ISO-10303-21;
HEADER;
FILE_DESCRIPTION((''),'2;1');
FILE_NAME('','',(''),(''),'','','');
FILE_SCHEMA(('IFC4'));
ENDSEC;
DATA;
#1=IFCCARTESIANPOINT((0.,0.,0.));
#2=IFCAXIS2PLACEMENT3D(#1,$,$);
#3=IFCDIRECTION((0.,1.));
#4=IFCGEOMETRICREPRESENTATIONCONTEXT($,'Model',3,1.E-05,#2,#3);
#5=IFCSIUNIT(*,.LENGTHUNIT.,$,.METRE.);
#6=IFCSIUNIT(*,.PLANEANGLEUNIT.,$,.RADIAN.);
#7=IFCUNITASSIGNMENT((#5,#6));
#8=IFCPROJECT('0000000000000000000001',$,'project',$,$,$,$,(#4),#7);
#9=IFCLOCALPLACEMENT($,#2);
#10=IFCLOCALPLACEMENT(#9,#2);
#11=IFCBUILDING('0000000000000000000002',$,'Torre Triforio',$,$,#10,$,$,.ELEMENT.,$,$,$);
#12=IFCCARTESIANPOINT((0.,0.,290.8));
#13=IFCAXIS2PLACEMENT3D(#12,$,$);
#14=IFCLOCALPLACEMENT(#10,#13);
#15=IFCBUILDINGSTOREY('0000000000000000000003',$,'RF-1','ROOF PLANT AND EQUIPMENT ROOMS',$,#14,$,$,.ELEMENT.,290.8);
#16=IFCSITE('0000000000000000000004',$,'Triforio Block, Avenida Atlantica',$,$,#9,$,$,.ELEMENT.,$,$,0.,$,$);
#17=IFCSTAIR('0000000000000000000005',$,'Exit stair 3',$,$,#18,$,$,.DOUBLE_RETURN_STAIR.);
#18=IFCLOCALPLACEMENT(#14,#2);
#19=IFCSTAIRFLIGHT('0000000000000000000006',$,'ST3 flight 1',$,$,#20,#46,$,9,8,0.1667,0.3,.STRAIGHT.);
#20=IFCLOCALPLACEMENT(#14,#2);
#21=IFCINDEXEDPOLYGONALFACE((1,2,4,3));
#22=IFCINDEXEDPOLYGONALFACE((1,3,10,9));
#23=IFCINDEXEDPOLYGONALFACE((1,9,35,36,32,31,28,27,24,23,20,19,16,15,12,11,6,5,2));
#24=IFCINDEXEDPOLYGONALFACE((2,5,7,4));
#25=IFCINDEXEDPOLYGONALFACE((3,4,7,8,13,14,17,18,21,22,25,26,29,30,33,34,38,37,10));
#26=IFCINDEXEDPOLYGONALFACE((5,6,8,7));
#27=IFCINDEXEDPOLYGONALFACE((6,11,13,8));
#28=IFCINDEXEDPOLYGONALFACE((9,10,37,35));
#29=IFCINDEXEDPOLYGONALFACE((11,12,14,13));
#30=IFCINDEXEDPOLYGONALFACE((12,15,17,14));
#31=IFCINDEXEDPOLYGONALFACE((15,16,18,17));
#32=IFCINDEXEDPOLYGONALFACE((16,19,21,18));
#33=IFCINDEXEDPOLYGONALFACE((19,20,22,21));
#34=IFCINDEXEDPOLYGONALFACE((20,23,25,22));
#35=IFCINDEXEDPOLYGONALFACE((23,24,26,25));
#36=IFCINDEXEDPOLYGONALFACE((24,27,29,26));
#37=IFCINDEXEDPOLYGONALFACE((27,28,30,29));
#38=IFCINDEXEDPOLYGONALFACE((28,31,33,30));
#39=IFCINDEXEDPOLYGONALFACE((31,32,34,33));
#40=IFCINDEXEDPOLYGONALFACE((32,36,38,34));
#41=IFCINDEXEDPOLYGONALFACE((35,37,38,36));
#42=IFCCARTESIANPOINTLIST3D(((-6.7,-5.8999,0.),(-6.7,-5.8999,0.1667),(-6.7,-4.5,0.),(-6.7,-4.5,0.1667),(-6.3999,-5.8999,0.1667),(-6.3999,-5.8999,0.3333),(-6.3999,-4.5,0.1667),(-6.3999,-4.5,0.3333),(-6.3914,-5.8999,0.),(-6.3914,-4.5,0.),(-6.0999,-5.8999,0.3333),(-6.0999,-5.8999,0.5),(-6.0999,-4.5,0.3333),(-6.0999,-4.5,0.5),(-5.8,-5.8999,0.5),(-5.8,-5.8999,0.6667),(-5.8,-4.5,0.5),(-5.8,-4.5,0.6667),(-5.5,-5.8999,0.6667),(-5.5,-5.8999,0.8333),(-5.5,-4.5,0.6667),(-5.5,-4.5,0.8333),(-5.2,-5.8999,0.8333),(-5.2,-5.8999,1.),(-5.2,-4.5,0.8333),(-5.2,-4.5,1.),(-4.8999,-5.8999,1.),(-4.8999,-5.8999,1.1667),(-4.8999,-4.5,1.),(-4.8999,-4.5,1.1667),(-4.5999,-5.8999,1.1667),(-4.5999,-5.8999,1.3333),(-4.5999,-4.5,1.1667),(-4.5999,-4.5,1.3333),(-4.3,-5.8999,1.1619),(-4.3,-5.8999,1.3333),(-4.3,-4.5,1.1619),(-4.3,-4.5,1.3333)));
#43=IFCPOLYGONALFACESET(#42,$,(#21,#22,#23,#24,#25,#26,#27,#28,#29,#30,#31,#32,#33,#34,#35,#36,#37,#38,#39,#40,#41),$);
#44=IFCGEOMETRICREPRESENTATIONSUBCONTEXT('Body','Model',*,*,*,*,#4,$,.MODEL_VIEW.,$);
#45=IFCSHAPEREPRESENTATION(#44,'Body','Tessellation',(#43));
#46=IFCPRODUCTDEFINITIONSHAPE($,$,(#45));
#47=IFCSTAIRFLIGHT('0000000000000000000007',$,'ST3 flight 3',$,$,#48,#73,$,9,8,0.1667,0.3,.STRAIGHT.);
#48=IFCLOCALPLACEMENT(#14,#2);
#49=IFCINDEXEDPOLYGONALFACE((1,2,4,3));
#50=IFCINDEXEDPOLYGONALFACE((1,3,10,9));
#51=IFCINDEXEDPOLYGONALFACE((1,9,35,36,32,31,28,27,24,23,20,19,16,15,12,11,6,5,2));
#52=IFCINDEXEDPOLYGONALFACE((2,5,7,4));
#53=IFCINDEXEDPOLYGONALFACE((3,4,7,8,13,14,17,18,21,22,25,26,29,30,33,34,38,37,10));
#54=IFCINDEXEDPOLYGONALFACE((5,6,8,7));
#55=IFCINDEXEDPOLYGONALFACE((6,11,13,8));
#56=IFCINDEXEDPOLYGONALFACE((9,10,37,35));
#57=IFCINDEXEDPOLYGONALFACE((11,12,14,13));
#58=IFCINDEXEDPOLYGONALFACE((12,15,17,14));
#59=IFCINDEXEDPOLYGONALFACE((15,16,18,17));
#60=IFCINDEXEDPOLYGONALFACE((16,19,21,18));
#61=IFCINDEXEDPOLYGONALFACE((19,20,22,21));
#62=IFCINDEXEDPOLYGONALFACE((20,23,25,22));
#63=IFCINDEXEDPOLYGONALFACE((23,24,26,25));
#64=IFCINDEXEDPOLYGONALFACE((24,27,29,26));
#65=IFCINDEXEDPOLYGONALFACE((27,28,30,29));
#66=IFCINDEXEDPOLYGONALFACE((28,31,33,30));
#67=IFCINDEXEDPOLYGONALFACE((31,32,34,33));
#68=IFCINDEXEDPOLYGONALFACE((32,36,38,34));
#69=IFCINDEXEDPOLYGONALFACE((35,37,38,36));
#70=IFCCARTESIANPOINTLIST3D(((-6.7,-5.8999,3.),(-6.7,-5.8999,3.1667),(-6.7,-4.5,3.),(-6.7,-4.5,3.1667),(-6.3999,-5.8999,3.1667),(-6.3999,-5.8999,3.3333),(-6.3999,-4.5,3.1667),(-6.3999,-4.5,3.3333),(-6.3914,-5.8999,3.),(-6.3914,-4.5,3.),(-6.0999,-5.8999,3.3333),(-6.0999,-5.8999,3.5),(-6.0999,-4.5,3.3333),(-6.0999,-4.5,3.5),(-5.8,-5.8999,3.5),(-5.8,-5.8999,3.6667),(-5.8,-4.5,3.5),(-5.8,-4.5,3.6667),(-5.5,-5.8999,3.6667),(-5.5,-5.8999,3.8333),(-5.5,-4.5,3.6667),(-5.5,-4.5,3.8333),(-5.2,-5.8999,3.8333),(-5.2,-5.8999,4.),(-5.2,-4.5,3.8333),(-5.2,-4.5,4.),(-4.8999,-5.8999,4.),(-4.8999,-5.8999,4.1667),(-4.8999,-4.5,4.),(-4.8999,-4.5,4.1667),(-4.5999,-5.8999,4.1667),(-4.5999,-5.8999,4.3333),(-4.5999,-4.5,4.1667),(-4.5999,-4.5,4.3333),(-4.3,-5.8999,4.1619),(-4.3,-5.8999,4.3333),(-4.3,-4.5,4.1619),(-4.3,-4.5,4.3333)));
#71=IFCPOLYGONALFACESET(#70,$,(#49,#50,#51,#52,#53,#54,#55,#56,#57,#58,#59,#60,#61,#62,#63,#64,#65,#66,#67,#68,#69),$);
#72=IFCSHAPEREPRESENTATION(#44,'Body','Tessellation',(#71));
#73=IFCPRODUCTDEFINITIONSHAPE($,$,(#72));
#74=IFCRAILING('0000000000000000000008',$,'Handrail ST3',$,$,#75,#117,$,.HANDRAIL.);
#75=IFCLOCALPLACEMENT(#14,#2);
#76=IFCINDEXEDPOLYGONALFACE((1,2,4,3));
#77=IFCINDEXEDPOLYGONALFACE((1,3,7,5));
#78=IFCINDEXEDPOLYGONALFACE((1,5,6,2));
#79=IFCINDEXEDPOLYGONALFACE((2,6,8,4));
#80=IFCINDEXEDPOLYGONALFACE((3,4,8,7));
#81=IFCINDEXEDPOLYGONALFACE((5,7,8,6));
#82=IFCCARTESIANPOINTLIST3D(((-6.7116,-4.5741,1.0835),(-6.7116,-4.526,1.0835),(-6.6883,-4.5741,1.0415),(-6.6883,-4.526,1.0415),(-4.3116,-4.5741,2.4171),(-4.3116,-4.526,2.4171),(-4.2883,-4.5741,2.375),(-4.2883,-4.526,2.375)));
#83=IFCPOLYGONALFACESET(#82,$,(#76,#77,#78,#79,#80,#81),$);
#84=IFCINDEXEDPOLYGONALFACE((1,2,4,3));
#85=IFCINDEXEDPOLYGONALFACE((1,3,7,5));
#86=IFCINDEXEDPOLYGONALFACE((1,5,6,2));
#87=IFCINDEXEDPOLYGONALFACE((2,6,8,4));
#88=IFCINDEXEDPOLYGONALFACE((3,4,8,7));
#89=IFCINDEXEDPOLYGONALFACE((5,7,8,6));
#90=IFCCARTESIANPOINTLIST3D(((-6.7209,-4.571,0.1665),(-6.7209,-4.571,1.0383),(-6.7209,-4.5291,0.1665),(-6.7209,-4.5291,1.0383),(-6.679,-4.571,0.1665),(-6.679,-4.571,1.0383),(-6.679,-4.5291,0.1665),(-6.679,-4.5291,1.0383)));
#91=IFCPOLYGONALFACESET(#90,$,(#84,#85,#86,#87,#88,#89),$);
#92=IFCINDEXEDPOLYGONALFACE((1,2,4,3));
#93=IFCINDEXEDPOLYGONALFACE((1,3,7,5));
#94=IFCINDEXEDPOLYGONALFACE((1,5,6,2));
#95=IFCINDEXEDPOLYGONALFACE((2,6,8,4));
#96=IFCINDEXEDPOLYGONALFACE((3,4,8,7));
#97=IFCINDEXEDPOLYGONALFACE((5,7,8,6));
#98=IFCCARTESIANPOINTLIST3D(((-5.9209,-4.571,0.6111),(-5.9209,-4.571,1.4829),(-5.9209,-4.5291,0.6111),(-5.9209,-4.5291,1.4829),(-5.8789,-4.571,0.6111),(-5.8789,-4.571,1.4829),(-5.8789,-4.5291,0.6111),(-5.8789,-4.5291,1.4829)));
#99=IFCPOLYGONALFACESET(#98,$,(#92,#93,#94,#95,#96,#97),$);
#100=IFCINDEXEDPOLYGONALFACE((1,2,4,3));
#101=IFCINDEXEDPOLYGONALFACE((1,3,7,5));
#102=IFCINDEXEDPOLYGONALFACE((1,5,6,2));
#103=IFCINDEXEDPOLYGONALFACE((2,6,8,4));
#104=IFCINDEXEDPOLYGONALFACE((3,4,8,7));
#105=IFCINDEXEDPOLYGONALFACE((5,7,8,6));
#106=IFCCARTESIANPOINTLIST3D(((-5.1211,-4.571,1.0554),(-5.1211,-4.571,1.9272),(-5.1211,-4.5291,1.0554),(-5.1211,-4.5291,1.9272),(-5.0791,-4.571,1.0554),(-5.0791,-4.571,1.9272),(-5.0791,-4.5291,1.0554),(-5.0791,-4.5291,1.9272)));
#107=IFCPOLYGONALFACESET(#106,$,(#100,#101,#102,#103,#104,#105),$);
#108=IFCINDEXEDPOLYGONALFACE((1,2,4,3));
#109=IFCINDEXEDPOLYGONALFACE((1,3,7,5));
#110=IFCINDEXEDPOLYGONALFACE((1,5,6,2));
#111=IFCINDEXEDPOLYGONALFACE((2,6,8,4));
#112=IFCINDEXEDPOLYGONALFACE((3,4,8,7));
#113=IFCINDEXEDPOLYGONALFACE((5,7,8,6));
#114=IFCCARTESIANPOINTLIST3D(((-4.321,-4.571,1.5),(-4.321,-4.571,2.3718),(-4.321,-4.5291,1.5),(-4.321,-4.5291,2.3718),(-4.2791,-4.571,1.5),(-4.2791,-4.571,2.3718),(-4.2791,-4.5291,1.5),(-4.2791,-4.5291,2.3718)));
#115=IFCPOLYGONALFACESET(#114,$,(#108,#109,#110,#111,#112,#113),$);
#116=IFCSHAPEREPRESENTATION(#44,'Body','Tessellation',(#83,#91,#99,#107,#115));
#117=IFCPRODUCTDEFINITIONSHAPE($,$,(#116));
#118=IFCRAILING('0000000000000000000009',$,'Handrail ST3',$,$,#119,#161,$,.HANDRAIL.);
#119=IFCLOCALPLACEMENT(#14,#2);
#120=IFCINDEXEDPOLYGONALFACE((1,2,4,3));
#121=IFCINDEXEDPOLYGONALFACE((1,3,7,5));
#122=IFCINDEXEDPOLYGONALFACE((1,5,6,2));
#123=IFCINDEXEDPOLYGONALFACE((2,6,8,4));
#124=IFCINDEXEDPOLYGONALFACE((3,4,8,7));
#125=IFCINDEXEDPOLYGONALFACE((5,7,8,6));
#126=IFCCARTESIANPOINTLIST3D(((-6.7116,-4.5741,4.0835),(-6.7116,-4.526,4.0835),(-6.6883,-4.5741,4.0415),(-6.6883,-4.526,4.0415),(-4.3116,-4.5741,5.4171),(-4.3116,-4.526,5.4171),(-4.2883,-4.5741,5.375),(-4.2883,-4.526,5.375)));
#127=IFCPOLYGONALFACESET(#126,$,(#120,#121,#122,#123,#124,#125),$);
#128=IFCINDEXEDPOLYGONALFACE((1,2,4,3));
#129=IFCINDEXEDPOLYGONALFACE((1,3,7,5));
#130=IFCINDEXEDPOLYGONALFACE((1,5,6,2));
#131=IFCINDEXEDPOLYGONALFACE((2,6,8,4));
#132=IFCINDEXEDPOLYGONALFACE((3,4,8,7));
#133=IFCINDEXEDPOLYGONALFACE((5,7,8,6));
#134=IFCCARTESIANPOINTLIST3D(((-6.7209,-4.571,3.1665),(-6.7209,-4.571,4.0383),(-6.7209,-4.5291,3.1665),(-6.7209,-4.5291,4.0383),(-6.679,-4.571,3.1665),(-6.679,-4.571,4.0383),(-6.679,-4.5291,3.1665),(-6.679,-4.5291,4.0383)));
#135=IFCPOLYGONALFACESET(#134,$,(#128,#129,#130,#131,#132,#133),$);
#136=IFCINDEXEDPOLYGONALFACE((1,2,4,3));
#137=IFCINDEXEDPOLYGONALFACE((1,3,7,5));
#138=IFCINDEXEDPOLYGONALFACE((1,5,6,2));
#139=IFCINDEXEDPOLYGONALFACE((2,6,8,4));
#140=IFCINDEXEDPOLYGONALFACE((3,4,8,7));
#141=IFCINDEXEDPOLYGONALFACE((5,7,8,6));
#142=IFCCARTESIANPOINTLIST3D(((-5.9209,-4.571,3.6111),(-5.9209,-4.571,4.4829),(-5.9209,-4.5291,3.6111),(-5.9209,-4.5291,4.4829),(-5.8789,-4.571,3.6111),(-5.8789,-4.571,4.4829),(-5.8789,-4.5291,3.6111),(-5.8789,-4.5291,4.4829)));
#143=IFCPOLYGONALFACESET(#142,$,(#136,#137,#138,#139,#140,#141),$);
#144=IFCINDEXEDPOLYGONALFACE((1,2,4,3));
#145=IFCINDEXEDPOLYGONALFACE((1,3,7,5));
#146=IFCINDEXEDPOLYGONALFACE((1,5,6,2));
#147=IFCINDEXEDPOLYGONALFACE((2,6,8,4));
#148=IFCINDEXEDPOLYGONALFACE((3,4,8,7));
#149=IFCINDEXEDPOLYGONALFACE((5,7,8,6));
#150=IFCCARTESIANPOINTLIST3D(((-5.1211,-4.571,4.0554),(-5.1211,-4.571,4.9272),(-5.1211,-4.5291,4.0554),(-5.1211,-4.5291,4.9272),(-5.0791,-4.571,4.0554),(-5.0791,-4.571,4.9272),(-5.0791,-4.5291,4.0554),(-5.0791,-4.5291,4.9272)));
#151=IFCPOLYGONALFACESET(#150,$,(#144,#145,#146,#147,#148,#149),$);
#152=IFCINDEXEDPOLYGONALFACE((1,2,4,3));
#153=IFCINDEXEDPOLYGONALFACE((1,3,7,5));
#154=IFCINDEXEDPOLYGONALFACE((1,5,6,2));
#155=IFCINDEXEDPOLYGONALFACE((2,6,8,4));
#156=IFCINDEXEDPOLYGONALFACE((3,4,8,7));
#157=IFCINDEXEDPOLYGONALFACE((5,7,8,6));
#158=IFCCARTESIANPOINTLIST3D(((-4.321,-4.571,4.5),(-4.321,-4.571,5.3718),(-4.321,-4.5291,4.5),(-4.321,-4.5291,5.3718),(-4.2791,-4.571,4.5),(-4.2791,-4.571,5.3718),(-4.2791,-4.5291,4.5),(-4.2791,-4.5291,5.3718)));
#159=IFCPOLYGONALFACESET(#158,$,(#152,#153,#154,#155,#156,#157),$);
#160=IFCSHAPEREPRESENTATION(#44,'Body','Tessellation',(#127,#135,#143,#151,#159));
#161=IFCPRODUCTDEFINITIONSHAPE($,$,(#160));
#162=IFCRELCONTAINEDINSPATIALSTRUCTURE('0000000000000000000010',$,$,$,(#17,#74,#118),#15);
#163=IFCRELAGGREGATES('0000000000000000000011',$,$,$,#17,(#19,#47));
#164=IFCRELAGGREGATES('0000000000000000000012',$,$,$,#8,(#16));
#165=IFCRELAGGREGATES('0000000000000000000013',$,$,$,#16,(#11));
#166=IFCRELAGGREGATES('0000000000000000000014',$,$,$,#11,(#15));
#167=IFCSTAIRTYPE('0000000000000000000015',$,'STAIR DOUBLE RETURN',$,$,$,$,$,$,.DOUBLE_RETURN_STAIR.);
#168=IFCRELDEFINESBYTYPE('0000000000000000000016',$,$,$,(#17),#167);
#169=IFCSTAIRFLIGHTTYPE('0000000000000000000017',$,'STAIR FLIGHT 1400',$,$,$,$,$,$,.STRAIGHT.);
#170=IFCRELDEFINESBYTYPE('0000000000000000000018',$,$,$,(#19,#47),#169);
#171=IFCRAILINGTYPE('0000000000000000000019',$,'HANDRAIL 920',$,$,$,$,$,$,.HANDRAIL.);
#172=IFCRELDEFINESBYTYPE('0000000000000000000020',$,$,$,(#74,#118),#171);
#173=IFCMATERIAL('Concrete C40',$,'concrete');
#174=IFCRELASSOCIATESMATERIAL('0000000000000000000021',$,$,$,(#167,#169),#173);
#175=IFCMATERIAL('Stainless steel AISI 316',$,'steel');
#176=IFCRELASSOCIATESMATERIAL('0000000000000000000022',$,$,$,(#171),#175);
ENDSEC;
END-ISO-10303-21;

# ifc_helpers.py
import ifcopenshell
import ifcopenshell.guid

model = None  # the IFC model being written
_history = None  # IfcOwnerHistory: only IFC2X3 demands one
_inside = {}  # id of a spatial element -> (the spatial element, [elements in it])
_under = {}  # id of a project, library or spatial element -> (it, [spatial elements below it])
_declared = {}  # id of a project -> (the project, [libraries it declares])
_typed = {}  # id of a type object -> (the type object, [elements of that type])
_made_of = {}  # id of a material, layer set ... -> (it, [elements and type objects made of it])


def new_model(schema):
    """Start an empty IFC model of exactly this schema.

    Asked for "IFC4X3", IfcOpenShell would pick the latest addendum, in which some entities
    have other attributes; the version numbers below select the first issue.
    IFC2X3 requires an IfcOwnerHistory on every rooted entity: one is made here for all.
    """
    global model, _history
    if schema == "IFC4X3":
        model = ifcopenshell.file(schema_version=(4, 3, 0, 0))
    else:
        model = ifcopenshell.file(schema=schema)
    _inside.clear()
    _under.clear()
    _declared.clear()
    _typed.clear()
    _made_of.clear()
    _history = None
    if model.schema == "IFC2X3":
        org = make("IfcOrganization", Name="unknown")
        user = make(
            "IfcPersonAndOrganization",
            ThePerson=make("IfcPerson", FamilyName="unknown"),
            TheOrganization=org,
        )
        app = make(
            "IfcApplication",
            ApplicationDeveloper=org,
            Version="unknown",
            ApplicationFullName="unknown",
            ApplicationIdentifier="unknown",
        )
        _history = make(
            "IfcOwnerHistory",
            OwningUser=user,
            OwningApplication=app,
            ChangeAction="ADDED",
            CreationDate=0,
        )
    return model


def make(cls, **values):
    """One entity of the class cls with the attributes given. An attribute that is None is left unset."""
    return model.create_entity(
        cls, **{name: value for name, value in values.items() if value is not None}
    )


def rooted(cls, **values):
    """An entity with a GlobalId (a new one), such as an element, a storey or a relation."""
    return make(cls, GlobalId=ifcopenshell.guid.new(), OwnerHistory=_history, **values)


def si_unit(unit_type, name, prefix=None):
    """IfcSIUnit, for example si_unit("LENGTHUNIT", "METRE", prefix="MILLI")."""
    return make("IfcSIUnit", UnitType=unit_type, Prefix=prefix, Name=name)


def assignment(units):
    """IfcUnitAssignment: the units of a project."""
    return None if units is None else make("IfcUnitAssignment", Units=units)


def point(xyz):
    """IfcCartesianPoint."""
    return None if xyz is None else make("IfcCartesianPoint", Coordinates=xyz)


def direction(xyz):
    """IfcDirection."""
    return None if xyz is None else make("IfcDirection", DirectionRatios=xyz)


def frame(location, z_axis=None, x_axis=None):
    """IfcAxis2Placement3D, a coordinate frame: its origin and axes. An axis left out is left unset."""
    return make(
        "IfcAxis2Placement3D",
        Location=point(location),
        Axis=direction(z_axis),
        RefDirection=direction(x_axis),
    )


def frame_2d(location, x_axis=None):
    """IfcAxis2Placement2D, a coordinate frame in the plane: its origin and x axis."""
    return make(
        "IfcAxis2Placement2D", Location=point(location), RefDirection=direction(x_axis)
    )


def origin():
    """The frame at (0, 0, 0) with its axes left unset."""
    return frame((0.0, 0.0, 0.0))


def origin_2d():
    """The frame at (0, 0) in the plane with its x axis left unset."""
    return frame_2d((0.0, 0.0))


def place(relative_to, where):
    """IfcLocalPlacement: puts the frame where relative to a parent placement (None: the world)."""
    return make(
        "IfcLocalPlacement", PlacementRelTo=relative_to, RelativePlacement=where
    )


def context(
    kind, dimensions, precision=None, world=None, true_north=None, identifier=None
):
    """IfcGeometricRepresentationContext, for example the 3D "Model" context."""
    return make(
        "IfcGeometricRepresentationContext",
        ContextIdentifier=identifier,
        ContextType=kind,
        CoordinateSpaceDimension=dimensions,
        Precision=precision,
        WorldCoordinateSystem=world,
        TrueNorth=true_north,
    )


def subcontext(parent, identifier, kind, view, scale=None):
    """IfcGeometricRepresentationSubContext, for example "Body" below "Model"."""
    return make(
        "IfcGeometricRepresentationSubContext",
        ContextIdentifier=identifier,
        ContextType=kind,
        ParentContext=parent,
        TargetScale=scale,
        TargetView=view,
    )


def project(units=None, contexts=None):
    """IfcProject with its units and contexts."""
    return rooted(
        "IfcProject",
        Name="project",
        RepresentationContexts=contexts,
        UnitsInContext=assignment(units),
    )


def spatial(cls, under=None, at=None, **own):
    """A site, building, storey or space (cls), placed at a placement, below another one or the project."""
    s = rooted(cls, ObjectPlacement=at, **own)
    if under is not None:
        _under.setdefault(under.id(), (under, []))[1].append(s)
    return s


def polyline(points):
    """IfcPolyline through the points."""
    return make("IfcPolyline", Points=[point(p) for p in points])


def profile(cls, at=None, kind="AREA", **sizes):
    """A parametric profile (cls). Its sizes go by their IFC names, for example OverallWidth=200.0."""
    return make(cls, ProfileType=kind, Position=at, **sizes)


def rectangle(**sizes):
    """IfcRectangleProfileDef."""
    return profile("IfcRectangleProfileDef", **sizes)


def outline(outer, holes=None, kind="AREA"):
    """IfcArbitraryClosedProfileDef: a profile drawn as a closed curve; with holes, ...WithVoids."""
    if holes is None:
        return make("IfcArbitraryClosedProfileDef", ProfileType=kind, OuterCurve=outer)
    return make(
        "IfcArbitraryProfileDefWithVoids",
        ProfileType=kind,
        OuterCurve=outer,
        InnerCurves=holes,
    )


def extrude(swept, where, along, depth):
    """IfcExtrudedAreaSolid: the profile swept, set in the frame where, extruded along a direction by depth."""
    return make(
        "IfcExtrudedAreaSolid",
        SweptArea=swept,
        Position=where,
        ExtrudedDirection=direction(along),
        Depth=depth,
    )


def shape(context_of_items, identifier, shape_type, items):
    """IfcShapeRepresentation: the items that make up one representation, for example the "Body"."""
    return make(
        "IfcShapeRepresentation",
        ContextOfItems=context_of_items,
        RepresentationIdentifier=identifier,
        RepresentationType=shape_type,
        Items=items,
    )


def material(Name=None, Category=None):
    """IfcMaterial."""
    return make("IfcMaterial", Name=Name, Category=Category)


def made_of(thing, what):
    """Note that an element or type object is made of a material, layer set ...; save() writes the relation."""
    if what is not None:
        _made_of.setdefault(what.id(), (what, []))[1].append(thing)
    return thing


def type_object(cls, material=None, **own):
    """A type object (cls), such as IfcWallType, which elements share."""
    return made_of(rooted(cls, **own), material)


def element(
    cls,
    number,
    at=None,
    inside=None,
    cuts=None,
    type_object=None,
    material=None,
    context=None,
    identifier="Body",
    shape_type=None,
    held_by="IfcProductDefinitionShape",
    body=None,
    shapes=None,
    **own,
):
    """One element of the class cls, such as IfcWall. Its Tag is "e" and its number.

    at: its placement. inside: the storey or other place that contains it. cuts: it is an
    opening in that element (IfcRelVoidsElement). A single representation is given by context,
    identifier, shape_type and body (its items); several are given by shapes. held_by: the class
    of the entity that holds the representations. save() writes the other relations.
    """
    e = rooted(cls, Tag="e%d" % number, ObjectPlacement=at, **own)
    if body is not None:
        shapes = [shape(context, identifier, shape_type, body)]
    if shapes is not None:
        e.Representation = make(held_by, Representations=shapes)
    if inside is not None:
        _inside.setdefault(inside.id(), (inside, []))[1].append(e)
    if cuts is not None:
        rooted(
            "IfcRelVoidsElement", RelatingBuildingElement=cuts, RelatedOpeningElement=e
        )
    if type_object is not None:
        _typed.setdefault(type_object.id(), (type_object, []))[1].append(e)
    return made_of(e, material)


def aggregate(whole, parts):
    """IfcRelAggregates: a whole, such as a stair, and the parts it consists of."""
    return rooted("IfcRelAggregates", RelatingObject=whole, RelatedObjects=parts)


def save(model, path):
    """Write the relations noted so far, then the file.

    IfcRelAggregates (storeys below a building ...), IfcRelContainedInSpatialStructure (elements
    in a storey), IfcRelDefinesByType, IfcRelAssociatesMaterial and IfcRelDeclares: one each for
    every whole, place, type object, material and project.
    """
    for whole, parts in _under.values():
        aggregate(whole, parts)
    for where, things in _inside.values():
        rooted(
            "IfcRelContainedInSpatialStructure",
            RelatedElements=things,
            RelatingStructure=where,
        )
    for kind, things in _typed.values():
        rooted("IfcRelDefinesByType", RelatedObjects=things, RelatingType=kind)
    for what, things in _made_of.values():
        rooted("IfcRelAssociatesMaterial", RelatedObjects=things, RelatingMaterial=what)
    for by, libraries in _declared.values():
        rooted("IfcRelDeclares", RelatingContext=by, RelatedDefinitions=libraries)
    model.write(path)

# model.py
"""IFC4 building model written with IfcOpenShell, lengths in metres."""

from ifc_helpers import new_model, si_unit, direction, frame, origin, origin_2d, place, context, subcontext, project, spatial, polyline, rectangle, outline, extrude, material, type_object, element, aggregate, save


model = new_model("IFC4")

# Units and contexts
model_context = context("Model", 3, precision=1e-05, world=origin(), true_north=direction((0.0, 1.0)))
body_context = subcontext(model_context, "Body", "Model", "MODEL_VIEW")
ifc_project = project(units=[si_unit("LENGTHUNIT", "METRE"), si_unit("PLANEANGLEUNIT", "RADIAN")], contexts=[model_context])

# Site, building, storey
site_placement = place(None, origin())
site = spatial("IfcSite", under=ifc_project, at=site_placement, Name="Triforio Block, Avenida Atlantica", CompositionType="ELEMENT", RefElevation=0.0)
building_placement = place(site_placement, origin())
building = spatial("IfcBuilding", under=site, at=building_placement, Name="Torre Triforio", CompositionType="ELEMENT")
storey_placement = place(building_placement, frame((0.0, 0.0, 290.8)))
storey = spatial("IfcBuildingStorey", under=building, at=storey_placement, Name="RF-1", Description="ROOF PLANT AND EQUIPMENT ROOMS", CompositionType="ELEMENT", Elevation=290.8)

# Stair, stair flights
ifc_material_1 = material(Name="Concrete C40", Category="concrete")
stair_type = type_object("IfcStairType", Name="STAIR DOUBLE RETURN", PredefinedType="DOUBLE_RETURN_STAIR", material=ifc_material_1)
stair_placement = place(storey_placement, origin())
stair = element("IfcStair", 1, at=stair_placement, inside=storey, type_object=stair_type, Name="Exit stair 3", PredefinedType="DOUBLE_RETURN_STAIR")
stair_flight_type = type_object("IfcStairFlightType", Name="STAIR FLIGHT 1400", PredefinedType="STRAIGHT", material=ifc_material_1)
stair_flight_1_placement = place(storey_placement, frame((-6.7, -5.2, 0.0), z_axis=(0.0, 0.0, 1.0), x_axis=(1.0, 0.0, 0.0)))
stair_flight_1 = element("IfcStairFlight", 2, at=stair_flight_1_placement, type_object=stair_flight_type, Name="ST3 flight 1", NumberOfRisers=9, NumberOfTreads=8, PredefinedType="STRAIGHT", RiserHeight=0.1667, TreadLength=0.3, context=body_context, shape_type="SweptSolid", body=[
    extrude(outline(polyline([(0.0, 0.0), (0.0, 0.1667), (0.3, 0.1667), (0.3, 0.3333), (0.6001, 0.3333), (0.6001, 0.5), (0.8999, 0.5), (0.8999, 0.6667), (1.2, 0.6667), (1.2, 0.8333), (1.5, 0.8333), (1.5, 1.0), (1.8, 1.0), (1.8, 1.1667), (2.1001, 1.1667), (2.1001, 1.3333), (2.3999, 1.3333), (2.3999, 1.5), (2.3999, 1.1619), (0.3086, 0.0), (0.0, 0.0)])), frame((0.0, 0.7, 0.0), z_axis=(0.0, -1.0, 0.0), x_axis=(1.0, 0.0, 0.0)), (0.0, 0.0, 1.0), 1.3999),
])
stair_flight_2_placement = place(storey_placement, frame((-6.7, -5.2, 3.0), z_axis=(0.0, 0.0, 1.0), x_axis=(1.0, 0.0, 0.0)))
stair_flight_2 = element("IfcStairFlight", 3, at=stair_flight_2_placement, type_object=stair_flight_type, Name="ST3 flight 3", NumberOfRisers=9, NumberOfTreads=8, PredefinedType="STRAIGHT", RiserHeight=0.1667, TreadLength=0.3, context=body_context, shape_type="SweptSolid", body=[
    extrude(outline(polyline([(0.0, 0.0), (0.0, 0.1667), (0.3, 0.1667), (0.3, 0.3333), (0.6001, 0.3333), (0.6001, 0.5), (0.8999, 0.5), (0.8999, 0.6667), (1.2, 0.6667), (1.2, 0.8333), (1.5, 0.8333), (1.5, 1.0), (1.8, 1.0), (1.8, 1.1667), (2.1001, 1.1667), (2.1001, 1.3333), (2.3999, 1.3333), (2.3999, 1.5), (2.3999, 1.1619), (0.3086, 0.0), (0.0, 0.0)])), frame((0.0, 0.7, 0.0), z_axis=(0.0, -1.0, 0.0), x_axis=(1.0, 0.0, 0.0)), (0.0, 0.0, 1.0), 1.3999),
])
aggregate(stair, [stair_flight_1, stair_flight_2])

# Railings
ifc_material_2 = material(Name="Stainless steel AISI 316", Category="steel")
railing_type = type_object("IfcRailingType", Name="HANDRAIL 920", PredefinedType="HANDRAIL", material=ifc_material_2)
for number, where, name in (
    (4, (-6.7, -4.55, 0.1665), "Handrail ST3"),
    (5, (-6.7, -4.55, 3.1665), "Handrail ST3"),
):
    element("IfcRailing", number, at=place(storey_placement, frame(where)), inside=storey, type_object=railing_type, Name=name, PredefinedType="HANDRAIL", context=body_context, shape_type="SweptSolid", body=[
        extrude(rectangle(XDim=0.0481, YDim=0.0481, at=origin_2d()), frame((0.0, 0.0, 0.896), z_axis=(0.874124, 0.0, 0.485703), x_axis=(0.0, 1.0, 0.0)), (0.0, 0.0, 1.0), 2.7456),
        extrude(rectangle(XDim=0.042, YDim=0.042, at=origin_2d()), origin(), (0.0, 0.0, 1.0), 0.8718),
        extrude(rectangle(XDim=0.042, YDim=0.042, at=origin_2d()), frame((0.8, 0.0, 0.4446)), (0.0, 0.0, 1.0), 0.8718),
        extrude(rectangle(XDim=0.042, YDim=0.042, at=origin_2d()), frame((1.5999, 0.0, 0.8889)), (0.0, 0.0, 1.0), 0.8718),
        extrude(rectangle(XDim=0.042, YDim=0.042, at=origin_2d()), frame((2.3999, 0.0, 1.3335)), (0.0, 0.0, 1.0), 0.8718),
    ])

save(model, "model.ifc")
